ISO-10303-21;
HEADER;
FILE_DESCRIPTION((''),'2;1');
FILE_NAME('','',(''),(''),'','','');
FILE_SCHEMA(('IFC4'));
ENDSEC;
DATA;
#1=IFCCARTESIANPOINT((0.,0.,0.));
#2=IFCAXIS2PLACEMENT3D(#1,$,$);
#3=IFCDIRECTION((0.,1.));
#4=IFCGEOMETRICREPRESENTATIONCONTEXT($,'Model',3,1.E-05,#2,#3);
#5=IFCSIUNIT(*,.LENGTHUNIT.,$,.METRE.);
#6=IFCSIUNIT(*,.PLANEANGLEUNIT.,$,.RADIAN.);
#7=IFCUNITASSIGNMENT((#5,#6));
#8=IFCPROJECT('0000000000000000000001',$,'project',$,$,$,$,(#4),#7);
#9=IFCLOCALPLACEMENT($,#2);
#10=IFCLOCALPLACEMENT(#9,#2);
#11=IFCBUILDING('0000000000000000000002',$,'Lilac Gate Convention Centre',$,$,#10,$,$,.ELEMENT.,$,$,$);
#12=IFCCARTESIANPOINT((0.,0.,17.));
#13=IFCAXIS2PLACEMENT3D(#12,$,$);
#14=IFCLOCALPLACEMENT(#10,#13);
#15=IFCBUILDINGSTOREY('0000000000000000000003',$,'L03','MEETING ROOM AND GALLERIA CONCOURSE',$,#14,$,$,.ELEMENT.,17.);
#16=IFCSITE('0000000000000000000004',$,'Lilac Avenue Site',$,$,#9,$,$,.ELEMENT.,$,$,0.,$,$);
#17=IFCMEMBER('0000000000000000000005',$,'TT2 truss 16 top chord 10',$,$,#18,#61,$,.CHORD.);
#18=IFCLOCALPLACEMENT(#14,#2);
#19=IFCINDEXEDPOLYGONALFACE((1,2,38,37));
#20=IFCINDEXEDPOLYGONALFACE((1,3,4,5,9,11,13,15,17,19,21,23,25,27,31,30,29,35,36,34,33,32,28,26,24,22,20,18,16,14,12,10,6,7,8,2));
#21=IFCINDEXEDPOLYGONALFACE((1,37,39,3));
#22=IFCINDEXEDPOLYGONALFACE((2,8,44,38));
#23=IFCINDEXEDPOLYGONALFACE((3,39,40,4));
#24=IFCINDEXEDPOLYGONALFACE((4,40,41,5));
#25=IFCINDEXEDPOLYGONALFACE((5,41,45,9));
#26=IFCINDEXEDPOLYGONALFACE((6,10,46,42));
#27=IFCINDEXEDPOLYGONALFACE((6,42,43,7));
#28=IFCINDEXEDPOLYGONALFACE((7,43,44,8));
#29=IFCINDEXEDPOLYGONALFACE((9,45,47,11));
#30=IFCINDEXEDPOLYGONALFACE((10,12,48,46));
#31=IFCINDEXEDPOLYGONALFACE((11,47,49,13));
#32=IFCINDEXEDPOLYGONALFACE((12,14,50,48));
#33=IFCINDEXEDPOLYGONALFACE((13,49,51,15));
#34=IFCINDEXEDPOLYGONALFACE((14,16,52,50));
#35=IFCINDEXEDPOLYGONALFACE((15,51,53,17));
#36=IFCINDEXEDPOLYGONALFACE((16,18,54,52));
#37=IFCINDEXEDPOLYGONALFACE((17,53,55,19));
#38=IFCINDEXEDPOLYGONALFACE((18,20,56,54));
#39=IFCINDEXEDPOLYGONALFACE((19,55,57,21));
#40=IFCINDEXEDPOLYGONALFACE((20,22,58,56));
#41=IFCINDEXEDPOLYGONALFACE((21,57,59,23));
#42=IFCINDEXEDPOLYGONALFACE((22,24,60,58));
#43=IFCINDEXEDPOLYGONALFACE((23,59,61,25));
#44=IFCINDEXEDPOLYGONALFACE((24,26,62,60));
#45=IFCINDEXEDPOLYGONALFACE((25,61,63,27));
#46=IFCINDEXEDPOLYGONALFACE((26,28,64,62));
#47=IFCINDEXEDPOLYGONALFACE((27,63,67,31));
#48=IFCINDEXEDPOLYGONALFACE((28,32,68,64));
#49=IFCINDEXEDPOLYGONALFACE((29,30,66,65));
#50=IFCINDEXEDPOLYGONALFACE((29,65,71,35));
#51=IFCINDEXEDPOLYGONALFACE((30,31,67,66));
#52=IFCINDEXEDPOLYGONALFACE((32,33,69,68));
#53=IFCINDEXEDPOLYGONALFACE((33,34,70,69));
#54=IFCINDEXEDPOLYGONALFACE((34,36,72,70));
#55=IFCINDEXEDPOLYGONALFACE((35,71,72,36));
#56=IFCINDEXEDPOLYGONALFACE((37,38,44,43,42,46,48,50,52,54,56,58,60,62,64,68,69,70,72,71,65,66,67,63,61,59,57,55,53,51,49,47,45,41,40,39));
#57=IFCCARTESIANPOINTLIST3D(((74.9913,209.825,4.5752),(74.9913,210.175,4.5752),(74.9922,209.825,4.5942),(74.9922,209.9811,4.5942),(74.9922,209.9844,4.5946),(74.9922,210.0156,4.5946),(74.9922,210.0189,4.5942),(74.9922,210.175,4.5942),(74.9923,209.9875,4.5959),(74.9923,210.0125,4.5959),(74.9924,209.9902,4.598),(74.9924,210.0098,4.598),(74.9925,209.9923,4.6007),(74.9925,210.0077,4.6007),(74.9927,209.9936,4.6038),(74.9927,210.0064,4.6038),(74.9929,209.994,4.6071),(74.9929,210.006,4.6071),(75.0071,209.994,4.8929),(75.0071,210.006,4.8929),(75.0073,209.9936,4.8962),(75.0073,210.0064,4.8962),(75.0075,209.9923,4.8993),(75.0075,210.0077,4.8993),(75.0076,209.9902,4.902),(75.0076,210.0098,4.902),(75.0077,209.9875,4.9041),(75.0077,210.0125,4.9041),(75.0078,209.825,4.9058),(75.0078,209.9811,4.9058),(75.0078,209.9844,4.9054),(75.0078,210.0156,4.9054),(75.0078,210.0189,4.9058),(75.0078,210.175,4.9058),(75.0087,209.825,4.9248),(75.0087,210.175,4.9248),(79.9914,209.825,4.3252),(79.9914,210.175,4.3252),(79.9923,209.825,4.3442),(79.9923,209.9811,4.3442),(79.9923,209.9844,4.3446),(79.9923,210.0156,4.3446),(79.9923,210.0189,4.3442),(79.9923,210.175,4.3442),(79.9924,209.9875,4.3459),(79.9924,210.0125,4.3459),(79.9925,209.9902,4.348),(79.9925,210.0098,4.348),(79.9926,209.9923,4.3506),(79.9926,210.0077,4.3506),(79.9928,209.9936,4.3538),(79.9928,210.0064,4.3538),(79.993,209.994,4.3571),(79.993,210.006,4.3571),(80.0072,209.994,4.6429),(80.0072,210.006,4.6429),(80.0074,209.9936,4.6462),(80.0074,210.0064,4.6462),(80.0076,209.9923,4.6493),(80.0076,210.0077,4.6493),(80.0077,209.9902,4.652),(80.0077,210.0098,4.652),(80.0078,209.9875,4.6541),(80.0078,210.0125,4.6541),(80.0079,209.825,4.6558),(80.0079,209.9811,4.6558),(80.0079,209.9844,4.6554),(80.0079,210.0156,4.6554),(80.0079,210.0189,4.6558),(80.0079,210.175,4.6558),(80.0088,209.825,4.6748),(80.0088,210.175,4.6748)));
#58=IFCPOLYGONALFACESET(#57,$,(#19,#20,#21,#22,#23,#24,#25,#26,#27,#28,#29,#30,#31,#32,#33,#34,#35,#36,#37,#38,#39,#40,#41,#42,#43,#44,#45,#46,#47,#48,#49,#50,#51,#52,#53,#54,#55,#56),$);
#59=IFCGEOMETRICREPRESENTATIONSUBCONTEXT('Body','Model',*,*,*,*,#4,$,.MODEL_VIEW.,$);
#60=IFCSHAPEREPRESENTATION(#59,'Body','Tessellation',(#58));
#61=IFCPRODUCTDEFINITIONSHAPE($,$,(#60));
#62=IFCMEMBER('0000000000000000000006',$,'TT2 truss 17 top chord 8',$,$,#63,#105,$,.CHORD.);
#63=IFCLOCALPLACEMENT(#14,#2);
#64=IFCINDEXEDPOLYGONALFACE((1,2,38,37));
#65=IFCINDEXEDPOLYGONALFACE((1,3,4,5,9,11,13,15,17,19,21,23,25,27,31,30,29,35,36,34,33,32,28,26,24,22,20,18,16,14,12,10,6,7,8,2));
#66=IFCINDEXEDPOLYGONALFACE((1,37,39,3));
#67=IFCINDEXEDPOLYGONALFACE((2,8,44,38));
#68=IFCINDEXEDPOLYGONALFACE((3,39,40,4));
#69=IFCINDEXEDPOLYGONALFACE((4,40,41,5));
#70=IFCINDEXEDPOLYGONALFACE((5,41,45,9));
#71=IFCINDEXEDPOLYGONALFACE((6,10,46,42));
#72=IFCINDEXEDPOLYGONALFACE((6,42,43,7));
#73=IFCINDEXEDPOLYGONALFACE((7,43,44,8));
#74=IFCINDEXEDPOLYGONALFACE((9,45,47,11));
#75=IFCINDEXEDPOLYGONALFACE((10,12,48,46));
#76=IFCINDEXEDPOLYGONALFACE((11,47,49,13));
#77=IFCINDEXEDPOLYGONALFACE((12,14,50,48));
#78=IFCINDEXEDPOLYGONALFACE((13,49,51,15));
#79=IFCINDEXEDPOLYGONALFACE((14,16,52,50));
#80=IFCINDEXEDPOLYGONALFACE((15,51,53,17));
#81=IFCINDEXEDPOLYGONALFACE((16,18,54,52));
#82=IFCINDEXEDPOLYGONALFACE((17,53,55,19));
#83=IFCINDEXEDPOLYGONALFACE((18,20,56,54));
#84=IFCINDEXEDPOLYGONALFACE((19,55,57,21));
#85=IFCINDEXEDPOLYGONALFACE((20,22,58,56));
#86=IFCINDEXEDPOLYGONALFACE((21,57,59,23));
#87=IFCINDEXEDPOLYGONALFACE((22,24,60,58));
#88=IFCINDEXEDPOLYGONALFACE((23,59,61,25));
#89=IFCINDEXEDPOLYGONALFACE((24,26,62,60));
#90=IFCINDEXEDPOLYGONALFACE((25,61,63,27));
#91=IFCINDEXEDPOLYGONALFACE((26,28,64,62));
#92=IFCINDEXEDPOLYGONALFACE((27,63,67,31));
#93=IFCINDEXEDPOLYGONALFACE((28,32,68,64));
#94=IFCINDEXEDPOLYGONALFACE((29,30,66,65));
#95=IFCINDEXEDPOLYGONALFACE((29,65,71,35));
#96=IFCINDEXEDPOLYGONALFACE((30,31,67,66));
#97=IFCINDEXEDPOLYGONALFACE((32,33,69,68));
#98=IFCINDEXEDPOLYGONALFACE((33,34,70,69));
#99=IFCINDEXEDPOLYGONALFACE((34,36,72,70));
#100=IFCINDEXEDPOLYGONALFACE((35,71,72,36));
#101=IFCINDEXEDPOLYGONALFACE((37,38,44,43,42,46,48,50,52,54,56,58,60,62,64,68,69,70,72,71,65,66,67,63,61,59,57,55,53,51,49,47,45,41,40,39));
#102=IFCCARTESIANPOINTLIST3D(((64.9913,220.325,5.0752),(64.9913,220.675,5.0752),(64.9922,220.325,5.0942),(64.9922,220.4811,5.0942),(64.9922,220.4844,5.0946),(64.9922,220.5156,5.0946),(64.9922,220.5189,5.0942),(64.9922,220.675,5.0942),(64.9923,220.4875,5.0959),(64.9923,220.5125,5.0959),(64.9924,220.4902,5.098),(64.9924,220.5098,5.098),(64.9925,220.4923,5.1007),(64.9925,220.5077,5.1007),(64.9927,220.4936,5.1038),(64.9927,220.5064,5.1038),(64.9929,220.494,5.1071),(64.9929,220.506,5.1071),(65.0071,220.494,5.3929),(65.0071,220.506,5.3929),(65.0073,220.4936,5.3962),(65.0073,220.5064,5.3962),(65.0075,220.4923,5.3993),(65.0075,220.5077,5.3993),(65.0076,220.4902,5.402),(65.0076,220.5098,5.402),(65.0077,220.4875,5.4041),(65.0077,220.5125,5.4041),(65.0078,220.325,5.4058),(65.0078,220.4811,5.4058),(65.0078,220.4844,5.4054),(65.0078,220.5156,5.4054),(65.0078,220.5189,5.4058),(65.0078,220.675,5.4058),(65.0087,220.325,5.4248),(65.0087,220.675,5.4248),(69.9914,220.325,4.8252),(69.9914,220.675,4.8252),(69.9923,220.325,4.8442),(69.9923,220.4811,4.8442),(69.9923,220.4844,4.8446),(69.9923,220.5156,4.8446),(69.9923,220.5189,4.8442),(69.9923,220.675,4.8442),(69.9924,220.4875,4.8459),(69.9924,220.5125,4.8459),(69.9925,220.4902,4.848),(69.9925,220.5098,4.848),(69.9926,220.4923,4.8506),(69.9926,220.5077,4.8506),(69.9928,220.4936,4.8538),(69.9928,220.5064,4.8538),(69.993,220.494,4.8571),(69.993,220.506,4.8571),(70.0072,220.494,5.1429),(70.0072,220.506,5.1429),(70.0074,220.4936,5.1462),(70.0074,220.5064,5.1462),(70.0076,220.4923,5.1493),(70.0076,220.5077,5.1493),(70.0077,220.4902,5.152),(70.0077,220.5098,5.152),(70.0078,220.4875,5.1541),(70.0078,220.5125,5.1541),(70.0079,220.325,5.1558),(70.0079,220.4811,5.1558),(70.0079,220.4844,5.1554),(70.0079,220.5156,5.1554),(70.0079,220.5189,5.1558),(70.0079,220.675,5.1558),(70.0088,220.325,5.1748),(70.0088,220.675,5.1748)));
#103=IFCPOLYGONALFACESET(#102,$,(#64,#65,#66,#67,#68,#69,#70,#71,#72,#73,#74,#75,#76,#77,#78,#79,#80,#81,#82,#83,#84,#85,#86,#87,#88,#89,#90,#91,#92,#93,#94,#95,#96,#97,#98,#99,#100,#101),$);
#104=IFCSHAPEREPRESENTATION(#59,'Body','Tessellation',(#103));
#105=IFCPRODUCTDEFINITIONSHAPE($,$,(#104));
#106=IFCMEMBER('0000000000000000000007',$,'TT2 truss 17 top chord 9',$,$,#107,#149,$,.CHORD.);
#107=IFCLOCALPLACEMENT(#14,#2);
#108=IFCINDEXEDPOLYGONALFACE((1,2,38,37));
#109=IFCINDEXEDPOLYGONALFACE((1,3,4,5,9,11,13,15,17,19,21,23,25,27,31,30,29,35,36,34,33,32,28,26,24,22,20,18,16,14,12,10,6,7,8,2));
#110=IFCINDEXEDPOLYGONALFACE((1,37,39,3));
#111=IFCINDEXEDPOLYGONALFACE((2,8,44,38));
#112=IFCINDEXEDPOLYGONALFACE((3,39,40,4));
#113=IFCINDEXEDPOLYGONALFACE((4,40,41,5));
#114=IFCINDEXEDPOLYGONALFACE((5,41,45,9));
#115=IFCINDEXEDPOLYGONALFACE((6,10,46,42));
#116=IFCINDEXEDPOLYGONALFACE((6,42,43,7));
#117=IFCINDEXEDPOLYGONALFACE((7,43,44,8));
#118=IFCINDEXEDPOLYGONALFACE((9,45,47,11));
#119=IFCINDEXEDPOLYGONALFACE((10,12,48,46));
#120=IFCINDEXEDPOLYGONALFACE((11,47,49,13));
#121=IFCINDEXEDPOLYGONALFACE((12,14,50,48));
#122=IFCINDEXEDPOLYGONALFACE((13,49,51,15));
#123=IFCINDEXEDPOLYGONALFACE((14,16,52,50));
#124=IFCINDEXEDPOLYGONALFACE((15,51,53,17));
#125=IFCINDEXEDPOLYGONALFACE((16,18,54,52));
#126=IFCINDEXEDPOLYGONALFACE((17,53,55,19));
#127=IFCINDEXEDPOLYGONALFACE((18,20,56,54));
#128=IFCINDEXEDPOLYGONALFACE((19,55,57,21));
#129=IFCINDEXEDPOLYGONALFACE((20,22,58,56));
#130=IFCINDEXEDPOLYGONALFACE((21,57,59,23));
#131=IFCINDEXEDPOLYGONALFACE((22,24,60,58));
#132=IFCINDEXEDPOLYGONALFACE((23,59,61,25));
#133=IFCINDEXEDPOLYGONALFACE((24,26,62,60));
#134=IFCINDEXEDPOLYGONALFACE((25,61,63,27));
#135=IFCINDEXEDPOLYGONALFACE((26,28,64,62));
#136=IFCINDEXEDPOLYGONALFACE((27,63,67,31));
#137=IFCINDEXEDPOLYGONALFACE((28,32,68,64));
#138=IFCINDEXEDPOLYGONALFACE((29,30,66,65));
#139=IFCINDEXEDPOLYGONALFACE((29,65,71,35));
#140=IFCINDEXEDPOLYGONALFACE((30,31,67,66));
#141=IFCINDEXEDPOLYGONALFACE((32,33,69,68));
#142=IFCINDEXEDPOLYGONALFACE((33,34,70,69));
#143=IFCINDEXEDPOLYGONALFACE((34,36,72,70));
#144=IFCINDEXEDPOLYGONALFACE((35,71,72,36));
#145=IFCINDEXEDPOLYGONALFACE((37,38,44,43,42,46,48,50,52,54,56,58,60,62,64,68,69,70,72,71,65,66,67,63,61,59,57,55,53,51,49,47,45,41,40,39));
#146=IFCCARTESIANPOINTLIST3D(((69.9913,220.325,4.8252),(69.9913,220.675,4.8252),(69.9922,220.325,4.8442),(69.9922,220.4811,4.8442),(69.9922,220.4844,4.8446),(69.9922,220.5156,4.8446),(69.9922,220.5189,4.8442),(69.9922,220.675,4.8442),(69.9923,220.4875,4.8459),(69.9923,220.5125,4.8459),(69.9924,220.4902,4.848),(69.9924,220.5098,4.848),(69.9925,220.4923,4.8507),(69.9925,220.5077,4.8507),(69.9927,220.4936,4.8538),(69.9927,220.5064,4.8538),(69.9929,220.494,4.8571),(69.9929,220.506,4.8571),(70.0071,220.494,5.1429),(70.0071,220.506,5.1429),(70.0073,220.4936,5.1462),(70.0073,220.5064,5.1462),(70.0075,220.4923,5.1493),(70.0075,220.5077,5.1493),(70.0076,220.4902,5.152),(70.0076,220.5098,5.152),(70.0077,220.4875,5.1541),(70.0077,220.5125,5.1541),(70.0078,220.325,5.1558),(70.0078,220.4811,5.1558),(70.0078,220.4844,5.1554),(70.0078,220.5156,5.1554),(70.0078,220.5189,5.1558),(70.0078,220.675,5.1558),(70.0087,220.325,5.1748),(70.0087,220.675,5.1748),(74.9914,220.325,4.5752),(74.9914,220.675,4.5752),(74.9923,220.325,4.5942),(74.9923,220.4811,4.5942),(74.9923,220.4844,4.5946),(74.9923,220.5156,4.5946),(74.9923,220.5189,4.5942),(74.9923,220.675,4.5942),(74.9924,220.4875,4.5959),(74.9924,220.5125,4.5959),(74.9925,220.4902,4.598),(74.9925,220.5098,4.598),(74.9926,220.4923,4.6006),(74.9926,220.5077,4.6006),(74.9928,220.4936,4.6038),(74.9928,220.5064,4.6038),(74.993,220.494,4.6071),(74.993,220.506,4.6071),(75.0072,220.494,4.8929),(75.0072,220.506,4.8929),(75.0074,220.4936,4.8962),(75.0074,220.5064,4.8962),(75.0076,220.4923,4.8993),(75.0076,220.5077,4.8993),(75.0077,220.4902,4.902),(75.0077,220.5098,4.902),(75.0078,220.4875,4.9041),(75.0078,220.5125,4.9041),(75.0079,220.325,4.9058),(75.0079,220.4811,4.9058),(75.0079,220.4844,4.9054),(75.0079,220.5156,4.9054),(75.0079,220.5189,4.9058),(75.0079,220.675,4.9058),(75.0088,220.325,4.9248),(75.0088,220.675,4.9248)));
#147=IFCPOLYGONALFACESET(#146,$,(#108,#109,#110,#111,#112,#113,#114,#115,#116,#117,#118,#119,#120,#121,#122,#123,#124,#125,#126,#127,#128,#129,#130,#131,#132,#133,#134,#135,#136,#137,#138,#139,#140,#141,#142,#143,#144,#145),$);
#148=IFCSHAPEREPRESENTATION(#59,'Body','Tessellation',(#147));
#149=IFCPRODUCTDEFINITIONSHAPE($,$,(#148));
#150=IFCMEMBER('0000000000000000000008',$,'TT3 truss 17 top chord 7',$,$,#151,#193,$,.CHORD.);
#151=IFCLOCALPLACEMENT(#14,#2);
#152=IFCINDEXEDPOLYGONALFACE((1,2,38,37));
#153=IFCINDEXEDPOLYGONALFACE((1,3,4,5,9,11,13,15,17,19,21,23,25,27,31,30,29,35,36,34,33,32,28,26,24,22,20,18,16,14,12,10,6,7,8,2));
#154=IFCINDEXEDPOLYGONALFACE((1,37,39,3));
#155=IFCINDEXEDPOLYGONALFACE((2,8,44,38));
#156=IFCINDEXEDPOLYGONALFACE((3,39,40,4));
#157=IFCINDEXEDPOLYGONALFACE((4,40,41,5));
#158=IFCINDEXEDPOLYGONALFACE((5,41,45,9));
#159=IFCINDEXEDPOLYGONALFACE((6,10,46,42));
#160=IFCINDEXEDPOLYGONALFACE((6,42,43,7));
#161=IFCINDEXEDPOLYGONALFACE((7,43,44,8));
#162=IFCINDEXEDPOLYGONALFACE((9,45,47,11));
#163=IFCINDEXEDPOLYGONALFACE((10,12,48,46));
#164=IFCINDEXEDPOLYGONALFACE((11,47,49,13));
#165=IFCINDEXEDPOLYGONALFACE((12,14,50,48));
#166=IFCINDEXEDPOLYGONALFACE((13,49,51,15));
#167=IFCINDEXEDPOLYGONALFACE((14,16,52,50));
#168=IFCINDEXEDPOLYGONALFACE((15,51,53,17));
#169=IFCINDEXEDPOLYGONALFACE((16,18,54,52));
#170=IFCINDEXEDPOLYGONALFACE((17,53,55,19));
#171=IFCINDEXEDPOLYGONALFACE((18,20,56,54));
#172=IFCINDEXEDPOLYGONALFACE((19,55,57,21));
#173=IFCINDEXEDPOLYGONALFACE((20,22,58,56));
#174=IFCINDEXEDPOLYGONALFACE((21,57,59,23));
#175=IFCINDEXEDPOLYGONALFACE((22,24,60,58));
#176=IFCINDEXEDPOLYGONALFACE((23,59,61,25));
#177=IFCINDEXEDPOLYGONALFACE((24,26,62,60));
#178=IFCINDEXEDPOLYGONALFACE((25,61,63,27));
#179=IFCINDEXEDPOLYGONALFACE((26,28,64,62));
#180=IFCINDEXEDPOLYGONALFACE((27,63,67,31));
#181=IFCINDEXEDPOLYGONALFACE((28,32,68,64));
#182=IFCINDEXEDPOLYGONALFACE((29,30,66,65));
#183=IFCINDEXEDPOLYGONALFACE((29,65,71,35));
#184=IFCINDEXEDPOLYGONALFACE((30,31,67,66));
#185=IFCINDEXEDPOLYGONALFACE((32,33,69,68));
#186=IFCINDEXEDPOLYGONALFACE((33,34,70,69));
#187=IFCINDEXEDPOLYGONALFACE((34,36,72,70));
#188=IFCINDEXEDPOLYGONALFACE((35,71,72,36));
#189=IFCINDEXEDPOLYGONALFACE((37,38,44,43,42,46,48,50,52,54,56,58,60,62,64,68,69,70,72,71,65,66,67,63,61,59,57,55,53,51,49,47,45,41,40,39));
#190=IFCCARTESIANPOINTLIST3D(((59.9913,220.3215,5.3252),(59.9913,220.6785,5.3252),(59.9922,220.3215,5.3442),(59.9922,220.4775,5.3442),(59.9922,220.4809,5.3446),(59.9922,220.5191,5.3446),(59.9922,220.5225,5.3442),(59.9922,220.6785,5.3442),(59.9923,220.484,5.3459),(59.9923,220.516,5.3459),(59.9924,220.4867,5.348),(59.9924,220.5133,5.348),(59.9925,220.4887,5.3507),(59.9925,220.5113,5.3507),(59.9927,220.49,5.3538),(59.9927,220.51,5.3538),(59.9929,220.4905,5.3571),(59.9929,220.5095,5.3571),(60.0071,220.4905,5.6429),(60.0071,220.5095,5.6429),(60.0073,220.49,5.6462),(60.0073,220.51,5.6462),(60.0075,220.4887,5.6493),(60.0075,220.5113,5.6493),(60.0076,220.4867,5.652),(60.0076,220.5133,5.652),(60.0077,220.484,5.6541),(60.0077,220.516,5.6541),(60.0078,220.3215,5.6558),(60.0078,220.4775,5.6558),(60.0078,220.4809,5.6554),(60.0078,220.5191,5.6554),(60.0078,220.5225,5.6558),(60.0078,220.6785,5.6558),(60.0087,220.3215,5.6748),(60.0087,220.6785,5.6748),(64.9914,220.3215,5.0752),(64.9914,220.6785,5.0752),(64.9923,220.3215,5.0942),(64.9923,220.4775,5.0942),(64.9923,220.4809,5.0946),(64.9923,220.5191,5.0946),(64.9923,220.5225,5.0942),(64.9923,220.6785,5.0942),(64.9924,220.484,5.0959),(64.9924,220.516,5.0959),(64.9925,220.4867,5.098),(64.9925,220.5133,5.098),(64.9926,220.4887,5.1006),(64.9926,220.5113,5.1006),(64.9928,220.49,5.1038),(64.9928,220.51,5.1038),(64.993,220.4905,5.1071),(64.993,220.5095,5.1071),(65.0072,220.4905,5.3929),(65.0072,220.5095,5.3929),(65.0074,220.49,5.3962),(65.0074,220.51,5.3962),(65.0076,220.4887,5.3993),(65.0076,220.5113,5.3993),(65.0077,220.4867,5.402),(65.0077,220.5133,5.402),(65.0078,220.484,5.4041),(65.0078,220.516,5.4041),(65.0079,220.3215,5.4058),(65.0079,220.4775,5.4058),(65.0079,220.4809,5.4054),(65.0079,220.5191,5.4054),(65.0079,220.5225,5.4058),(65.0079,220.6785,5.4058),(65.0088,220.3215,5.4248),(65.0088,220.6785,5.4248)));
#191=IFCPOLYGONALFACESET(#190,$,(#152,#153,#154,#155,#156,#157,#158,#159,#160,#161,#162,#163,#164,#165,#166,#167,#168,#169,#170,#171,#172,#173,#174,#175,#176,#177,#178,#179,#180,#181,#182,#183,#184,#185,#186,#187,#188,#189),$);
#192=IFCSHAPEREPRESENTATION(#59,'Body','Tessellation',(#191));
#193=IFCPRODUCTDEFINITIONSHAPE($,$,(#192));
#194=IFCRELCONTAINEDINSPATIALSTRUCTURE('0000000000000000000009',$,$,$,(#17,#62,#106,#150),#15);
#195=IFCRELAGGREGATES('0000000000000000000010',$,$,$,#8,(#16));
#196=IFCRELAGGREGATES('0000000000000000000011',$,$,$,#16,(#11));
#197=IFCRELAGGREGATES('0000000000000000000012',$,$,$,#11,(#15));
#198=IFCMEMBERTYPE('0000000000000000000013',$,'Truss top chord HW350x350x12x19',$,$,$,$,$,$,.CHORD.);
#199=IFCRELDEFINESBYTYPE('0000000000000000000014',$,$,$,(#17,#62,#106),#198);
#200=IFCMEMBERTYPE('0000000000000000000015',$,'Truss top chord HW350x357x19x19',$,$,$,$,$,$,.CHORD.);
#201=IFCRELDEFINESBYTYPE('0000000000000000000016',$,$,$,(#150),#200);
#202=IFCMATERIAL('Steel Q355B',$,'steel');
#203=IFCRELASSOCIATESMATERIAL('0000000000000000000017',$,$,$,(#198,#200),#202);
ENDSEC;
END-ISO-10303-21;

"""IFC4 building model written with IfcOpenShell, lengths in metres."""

from ifc_helpers import new_model, si_unit, direction, frame, origin, origin_2d, place, context, subcontext, project, spatial, i_section, extrude, material, material_profile, profile_set, type_object, element, save


model = new_model("IFC4")

# Units and contexts
model_context = context("Model", 3, precision=1e-05, world=origin(), true_north=direction((0.0, 1.0)))
body_context = subcontext(model_context, "Body", "Model", "MODEL_VIEW")
ifc_project = project(units=[si_unit("LENGTHUNIT", "METRE"), si_unit("PLANEANGLEUNIT", "RADIAN")], contexts=[model_context])

# Site, building, storey
site_placement = place(None, origin())
site = spatial("IfcSite", under=ifc_project, at=site_placement, Name="Lilac Avenue Site", CompositionType="ELEMENT", RefElevation=0.0)
building_placement = place(site_placement, origin())
building = spatial("IfcBuilding", under=site, at=building_placement, Name="Lilac Gate Convention Centre", CompositionType="ELEMENT")
storey_placement = place(building_placement, frame((0.0, 0.0, 17.0)))
storey = spatial("IfcBuildingStorey", under=building, at=storey_placement, Name="L03", Description="MEETING ROOM AND GALLERIA CONCOURSE", CompositionType="ELEMENT", Elevation=17.0)

# Members
ifc_material = material(Name="Steel Q355B", Category="steel")
ifc_material_profile_1 = material_profile(ifc_material, i_section(OverallWidth=0.3501, OverallDepth=0.3501, WebThickness=0.012, FlangeThickness=0.019, FilletRadius=0.0129, at=origin_2d()), Name="HW350x350x12x19")
ifc_profile_set_1 = profile_set([ifc_material_profile_1], Name="Steel Q355B")
member_type_1 = type_object("IfcMemberType", Name="Truss top chord HW350x350x12x19", PredefinedType="CHORD", material=ifc_profile_set_1)
for number, where, z_axis, x_axis, name in (
    (1, (75.0, 210.0, 4.75), (0.998752, 0.0, -0.049938), (0.0, 1.0, 0.0), "TT2 truss 16 top chord 10"),
    (2, (65.0, 220.5, 5.25), (0.998752, 0.0, -0.049938), (0.0, 1.0, 0.0), "TT2 truss 17 top chord 8"),
    (3, (70.0, 220.5, 5.0), (0.998752, 0.0, -0.049938), (0.0, 1.0, 0.0), "TT2 truss 17 top chord 9"),
):
    element("IfcMember", number, at=place(storey_placement, frame(where, z_axis=z_axis, x_axis=x_axis)), inside=storey, type_object=member_type_1, Name=name, PredefinedType="CHORD", context=body_context, shape_type="SweptSolid", body=[
        extrude(i_section(OverallWidth=0.3501, OverallDepth=0.3501, WebThickness=0.012, FlangeThickness=0.019, FilletRadius=0.0129, at=origin_2d()), origin(), (0.0, 0.0, 1.0), 5.0063),
    ])
ifc_material_profile_2 = material_profile(ifc_material, i_section(OverallWidth=0.3569, OverallDepth=0.3501, WebThickness=0.019, FlangeThickness=0.019, FilletRadius=0.0129, at=origin_2d()), Name="HW350x357x19x19")
ifc_profile_set_2 = profile_set([ifc_material_profile_2], Name="Steel Q355B")
member_type_2 = type_object("IfcMemberType", Name="Truss top chord HW350x357x19x19", PredefinedType="CHORD", material=ifc_profile_set_2)
member_1_placement = place(storey_placement, frame((60.0, 220.5, 5.5), z_axis=(0.998752, 0.0, -0.049938), x_axis=(0.0, 1.0, 0.0)))
element("IfcMember", 4, at=member_1_placement, inside=storey, type_object=member_type_2, Name="TT3 truss 17 top chord 7", PredefinedType="CHORD", context=body_context, shape_type="SweptSolid", body=[
    extrude(i_section(OverallWidth=0.3569, OverallDepth=0.3501, WebThickness=0.019, FlangeThickness=0.019, FilletRadius=0.0129, at=origin_2d()), origin(), (0.0, 0.0, 1.0), 5.0063),
])

save(model, "model.ifc")
